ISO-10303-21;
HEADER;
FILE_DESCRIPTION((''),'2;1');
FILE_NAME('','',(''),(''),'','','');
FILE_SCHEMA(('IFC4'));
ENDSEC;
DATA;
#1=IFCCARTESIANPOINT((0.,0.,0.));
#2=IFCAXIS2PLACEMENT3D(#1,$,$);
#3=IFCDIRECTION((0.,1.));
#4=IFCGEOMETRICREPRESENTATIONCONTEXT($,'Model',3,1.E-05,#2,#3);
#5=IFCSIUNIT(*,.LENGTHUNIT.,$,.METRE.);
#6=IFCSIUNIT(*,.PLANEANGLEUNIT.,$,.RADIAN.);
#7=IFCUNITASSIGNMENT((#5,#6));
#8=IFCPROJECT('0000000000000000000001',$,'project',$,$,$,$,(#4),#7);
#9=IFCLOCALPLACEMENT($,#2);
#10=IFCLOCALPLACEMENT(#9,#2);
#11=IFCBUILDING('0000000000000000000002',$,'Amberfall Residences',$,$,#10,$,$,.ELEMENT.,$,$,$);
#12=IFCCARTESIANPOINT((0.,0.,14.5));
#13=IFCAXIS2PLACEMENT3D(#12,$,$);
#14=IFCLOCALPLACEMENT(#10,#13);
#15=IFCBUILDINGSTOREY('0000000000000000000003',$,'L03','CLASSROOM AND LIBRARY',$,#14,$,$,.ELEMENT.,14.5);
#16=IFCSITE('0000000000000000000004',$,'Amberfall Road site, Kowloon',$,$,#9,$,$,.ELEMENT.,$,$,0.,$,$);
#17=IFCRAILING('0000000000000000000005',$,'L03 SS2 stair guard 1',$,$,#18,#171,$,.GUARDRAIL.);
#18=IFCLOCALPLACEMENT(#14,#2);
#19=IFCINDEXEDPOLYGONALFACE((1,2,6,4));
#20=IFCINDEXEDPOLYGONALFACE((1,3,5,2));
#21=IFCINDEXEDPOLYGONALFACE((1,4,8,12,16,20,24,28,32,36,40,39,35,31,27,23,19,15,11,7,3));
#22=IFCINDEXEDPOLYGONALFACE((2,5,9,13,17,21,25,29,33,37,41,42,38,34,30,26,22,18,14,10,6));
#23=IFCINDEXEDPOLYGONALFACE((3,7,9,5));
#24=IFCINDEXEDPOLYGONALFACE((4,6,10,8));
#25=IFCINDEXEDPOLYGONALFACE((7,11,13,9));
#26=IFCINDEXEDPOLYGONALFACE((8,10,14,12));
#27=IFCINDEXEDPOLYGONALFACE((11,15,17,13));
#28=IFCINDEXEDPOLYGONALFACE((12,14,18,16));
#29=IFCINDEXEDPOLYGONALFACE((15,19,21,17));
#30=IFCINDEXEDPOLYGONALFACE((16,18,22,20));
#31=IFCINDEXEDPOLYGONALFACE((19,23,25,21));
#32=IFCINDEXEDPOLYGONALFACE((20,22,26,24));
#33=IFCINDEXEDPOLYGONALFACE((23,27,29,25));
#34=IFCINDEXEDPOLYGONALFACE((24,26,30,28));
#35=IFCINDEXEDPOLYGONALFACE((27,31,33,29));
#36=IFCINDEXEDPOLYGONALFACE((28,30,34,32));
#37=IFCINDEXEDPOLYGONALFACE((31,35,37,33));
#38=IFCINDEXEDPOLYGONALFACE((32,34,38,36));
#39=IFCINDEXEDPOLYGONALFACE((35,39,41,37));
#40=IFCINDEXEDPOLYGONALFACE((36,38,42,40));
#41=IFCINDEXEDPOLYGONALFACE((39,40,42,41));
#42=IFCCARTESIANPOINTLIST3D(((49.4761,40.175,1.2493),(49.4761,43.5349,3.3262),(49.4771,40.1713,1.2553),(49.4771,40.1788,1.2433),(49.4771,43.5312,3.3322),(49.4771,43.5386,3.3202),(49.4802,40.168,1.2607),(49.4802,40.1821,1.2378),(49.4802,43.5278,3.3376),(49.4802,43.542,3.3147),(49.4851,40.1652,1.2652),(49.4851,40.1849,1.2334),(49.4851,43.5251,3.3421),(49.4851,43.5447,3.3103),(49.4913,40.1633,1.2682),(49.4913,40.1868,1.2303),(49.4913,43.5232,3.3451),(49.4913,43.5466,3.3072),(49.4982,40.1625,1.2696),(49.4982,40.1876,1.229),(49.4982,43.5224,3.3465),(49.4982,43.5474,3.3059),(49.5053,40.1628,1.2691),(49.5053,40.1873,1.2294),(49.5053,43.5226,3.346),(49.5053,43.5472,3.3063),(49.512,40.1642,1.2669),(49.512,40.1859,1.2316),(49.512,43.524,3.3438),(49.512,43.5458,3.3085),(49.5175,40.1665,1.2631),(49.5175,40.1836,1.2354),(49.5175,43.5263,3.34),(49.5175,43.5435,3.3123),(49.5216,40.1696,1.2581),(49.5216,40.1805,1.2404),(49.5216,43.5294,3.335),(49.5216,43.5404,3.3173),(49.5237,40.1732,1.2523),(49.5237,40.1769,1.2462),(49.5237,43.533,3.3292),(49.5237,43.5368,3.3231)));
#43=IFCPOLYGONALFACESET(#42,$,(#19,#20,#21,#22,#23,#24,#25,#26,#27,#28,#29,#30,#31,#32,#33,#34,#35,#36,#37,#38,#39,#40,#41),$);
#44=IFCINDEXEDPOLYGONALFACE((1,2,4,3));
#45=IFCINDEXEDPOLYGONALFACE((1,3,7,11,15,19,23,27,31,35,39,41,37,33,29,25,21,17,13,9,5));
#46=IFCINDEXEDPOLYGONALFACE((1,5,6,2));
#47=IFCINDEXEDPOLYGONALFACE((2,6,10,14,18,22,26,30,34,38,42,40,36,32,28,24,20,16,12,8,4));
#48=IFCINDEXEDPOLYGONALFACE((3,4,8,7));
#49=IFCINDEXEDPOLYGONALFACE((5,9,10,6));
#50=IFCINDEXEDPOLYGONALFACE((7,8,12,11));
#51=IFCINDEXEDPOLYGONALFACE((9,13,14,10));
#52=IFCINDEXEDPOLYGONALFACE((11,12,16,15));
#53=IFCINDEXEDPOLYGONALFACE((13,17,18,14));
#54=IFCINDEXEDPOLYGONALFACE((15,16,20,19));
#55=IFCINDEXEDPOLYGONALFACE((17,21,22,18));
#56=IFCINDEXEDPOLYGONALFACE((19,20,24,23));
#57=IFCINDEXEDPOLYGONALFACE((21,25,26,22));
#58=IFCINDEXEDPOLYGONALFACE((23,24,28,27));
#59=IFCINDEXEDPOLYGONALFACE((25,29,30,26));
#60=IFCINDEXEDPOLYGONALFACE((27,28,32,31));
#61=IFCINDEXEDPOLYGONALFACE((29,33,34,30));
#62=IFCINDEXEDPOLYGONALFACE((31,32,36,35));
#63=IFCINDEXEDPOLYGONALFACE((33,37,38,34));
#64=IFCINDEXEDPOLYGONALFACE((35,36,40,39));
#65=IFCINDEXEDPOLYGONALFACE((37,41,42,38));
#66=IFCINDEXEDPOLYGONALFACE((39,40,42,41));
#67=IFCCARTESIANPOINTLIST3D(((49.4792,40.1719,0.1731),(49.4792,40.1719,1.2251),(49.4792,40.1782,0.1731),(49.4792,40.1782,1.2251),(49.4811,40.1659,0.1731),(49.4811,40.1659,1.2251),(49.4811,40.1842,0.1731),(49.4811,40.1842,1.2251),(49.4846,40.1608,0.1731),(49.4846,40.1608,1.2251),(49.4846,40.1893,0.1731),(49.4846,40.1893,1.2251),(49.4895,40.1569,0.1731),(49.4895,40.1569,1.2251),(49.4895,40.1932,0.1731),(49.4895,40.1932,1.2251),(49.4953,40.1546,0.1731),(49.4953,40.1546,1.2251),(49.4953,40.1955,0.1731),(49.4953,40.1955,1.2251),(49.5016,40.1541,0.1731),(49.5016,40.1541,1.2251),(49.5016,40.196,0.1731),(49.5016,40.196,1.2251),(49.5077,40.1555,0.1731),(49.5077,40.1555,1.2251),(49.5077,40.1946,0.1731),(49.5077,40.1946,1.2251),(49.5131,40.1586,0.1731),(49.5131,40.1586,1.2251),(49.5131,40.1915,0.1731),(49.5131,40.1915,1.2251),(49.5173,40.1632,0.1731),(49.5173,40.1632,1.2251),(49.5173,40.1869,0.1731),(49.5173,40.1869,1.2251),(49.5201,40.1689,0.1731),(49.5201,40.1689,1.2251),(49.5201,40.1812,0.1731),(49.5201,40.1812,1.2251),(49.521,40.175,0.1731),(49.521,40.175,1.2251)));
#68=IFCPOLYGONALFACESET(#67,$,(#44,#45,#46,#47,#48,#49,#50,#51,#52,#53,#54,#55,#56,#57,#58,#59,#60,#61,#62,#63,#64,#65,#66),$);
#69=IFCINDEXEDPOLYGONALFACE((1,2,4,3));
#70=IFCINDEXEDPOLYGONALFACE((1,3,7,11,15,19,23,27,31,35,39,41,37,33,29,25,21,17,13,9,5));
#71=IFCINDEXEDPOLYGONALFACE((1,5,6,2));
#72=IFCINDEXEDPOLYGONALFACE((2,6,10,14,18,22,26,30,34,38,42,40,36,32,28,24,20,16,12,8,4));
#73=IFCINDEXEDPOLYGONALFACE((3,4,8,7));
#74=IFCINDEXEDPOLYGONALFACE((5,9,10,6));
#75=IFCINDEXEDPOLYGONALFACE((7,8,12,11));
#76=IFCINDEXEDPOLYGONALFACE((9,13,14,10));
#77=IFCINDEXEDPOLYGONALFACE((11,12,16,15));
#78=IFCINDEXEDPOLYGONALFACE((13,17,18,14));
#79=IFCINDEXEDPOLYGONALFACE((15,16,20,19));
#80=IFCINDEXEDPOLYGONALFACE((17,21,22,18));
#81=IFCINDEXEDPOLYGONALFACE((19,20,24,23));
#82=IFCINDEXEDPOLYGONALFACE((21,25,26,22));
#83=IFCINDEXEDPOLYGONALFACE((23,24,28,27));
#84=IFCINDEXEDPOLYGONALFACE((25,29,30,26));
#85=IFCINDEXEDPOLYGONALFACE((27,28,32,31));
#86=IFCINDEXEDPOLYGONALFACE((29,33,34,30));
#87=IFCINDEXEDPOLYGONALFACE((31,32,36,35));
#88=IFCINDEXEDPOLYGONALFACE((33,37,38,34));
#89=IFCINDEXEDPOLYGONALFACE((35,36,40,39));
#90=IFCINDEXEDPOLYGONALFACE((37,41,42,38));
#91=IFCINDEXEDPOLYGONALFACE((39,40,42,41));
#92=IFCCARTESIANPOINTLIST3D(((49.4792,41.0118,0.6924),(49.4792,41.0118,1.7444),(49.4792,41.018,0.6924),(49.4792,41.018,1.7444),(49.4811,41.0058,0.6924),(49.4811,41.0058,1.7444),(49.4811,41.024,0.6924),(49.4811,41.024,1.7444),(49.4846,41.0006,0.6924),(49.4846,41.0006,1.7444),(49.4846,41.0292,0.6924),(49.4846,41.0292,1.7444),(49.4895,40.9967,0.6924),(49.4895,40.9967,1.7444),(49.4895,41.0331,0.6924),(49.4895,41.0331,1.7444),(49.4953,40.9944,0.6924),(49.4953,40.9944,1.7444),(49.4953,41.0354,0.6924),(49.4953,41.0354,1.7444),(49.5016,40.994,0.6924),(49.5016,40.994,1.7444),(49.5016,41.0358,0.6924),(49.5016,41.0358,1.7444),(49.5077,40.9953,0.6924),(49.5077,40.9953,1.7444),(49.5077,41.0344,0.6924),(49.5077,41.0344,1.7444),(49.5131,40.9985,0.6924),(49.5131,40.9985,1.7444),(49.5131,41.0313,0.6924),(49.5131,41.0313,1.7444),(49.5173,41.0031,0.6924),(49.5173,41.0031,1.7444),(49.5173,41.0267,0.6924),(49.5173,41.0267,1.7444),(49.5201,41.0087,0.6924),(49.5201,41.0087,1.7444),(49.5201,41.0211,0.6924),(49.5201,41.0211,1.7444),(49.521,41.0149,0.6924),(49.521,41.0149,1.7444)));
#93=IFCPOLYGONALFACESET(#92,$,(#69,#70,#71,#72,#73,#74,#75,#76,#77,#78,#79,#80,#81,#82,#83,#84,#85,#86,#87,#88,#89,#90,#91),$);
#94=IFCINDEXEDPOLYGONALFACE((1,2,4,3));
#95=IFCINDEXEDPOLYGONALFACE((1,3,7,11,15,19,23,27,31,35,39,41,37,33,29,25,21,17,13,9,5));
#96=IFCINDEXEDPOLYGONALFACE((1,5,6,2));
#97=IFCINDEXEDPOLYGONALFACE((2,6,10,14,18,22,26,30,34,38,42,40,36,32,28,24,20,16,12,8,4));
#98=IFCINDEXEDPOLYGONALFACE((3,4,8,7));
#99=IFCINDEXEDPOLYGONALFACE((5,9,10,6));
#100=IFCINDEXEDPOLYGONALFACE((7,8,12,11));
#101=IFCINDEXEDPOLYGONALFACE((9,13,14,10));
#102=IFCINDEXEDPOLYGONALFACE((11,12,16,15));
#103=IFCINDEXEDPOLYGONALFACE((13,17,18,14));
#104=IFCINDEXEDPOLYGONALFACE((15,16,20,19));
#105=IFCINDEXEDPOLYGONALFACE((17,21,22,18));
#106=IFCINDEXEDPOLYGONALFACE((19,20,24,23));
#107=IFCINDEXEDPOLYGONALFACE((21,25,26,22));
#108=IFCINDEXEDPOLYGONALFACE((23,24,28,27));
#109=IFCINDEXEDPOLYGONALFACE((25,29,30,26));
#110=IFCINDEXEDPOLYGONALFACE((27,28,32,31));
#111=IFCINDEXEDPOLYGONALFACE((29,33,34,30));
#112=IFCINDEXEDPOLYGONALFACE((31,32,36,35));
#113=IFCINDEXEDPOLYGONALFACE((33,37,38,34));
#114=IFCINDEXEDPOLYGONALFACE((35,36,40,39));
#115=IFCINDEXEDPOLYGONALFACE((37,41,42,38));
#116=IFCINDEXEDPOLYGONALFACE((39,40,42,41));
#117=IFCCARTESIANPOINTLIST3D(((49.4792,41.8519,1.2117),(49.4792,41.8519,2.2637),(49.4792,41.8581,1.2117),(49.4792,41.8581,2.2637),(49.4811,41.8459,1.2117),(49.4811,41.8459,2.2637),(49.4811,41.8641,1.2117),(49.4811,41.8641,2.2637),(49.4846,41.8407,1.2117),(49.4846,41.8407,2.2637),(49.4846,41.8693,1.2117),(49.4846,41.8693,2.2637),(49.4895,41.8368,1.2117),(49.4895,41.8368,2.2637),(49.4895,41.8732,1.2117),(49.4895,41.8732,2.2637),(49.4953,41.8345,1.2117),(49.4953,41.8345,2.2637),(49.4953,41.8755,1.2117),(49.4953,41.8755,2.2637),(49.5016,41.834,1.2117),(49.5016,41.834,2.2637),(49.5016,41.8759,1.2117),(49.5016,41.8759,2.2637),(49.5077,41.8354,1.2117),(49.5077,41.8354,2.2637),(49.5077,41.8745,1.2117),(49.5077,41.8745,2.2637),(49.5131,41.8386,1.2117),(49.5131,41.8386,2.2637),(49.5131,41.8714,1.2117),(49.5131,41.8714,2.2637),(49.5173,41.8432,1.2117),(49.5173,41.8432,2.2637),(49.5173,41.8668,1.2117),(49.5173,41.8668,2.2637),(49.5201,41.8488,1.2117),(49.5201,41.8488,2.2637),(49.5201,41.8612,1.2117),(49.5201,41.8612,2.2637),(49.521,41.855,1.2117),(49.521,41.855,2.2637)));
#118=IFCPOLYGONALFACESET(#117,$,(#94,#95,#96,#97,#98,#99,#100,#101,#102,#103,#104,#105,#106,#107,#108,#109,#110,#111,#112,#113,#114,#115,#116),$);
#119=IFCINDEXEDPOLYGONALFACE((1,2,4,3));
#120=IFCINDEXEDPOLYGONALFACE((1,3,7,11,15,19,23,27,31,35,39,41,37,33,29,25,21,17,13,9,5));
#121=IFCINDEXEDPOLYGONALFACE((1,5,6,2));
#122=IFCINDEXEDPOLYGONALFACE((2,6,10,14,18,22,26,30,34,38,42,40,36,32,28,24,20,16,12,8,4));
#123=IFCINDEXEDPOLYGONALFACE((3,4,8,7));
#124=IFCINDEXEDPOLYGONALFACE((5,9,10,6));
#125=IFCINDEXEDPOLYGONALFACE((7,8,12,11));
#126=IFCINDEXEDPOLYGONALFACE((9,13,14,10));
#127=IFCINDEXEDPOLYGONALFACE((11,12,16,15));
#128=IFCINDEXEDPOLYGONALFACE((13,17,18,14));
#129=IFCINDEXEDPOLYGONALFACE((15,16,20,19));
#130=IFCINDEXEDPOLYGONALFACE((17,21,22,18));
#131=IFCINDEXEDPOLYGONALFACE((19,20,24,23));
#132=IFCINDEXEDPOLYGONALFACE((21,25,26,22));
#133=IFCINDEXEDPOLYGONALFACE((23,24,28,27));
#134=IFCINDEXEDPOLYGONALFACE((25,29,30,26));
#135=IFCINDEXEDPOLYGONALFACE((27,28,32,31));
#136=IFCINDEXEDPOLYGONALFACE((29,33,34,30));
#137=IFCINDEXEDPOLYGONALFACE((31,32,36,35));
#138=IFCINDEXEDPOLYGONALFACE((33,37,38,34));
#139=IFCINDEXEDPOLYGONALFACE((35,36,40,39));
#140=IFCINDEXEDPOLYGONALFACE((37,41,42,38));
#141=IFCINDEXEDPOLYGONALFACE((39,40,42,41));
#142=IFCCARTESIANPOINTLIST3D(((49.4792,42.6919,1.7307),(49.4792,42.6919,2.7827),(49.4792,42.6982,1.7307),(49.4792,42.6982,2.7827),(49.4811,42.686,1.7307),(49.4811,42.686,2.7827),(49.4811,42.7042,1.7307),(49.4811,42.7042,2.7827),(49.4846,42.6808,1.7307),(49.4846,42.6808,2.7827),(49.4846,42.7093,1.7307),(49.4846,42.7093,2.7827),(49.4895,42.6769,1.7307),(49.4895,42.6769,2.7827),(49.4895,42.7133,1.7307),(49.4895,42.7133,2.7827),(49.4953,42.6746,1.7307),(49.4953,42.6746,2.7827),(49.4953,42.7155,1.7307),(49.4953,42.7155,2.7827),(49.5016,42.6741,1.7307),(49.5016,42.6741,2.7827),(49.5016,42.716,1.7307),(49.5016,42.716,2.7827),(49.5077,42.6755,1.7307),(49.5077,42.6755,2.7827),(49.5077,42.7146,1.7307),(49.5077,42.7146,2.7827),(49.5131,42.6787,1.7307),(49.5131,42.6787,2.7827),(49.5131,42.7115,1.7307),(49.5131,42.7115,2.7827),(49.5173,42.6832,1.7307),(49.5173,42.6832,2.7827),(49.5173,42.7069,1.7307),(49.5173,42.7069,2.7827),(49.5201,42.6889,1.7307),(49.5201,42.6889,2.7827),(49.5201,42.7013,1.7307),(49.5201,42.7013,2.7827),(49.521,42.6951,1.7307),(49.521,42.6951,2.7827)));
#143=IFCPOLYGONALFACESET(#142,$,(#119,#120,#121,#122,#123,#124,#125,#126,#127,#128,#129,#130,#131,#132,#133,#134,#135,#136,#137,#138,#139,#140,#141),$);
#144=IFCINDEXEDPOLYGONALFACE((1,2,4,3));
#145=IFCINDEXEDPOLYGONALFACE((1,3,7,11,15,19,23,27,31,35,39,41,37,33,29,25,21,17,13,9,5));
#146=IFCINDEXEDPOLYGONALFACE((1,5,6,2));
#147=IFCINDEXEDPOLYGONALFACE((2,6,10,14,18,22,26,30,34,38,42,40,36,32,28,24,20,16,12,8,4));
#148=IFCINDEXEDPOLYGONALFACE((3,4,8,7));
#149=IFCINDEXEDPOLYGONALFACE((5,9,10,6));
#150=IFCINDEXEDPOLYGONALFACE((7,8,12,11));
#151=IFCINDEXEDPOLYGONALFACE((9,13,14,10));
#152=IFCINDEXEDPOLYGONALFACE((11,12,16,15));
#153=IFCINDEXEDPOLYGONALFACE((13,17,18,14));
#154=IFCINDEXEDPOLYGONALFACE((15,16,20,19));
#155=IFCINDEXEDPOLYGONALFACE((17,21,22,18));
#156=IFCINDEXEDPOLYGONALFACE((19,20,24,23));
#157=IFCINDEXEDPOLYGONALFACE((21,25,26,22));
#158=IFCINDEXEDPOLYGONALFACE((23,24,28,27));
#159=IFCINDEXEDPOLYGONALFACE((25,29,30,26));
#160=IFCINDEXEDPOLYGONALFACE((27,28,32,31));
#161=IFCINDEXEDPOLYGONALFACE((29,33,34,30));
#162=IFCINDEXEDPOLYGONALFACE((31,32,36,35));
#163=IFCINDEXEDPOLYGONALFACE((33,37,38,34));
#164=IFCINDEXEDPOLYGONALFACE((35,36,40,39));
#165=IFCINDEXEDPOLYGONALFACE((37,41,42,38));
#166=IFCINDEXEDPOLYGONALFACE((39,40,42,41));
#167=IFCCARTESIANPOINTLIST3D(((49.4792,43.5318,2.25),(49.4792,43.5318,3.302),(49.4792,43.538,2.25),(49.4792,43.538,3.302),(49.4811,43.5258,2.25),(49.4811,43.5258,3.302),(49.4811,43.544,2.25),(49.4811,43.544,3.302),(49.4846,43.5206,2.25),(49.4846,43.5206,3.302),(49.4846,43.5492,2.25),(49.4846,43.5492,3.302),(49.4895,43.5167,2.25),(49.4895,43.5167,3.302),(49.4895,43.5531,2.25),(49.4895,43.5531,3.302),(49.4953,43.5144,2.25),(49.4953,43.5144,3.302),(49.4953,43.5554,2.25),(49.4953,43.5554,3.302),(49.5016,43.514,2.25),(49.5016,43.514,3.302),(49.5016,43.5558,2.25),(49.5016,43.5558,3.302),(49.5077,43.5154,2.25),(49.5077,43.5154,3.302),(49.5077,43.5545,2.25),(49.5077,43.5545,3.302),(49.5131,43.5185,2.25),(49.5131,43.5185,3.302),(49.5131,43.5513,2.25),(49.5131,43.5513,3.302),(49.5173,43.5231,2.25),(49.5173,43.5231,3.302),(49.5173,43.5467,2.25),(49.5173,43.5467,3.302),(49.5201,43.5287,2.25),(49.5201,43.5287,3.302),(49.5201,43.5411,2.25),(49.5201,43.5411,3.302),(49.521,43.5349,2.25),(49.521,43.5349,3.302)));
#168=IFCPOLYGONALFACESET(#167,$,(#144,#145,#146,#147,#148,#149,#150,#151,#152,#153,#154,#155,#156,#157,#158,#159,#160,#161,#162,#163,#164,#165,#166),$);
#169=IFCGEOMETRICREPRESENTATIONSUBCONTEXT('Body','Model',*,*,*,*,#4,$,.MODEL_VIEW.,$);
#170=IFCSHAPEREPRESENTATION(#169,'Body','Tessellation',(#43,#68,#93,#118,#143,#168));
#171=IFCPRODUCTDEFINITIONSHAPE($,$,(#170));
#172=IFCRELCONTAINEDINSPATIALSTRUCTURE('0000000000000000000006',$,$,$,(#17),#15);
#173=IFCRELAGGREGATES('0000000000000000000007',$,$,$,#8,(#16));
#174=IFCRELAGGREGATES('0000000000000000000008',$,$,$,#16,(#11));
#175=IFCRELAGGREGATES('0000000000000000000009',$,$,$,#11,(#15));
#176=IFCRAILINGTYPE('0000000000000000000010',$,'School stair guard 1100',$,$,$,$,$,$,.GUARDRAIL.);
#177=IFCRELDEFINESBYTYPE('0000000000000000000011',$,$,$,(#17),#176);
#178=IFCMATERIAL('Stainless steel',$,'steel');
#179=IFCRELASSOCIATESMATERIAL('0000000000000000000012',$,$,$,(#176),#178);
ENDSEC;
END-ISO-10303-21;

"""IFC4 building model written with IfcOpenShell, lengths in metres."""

from ifc_helpers import new_model, si_unit, direction, frame, origin, origin_2d, place, context, subcontext, project, spatial, circle, extrude, material, type_object, element, save


model = new_model("IFC4")

# Units and contexts
model_context = context("Model", 3, precision=1e-05, world=origin(), true_north=direction((0.0, 1.0)))
body_context = subcontext(model_context, "Body", "Model", "MODEL_VIEW")
ifc_project = project(units=[si_unit("LENGTHUNIT", "METRE"), si_unit("PLANEANGLEUNIT", "RADIAN")], contexts=[model_context])

# Site, building, storey
site_placement = place(None, origin())
site = spatial("IfcSite", under=ifc_project, at=site_placement, Name="Amberfall Road site, Kowloon", CompositionType="ELEMENT", RefElevation=0.0)
building_placement = place(site_placement, origin())
building = spatial("IfcBuilding", under=site, at=building_placement, Name="Amberfall Residences", CompositionType="ELEMENT")
storey_placement = place(building_placement, frame((0.0, 0.0, 14.5)))
storey = spatial("IfcBuildingStorey", under=building, at=storey_placement, Name="L03", Description="CLASSROOM AND LIBRARY", CompositionType="ELEMENT", Elevation=14.5)

# Railing
ifc_material_1 = material(Name="Stainless steel", Category="steel")
railing_type_1 = type_object("IfcRailingType", Name="School stair guard 1100", PredefinedType="GUARDRAIL", material=ifc_material_1)
railing_1_placement = place(storey_placement, frame((49.5, 40.175, 0.1731)))
element("IfcRailing", 1, at=railing_1_placement, inside=storey, type_object=railing_type_1, Name="L03 SS2 stair guard 1", PredefinedType="GUARDRAIL", context=body_context, shape_type="SweptSolid", body=[
    extrude(circle(Radius=0.0239, at=origin_2d()), frame((0.0, 0.0, 1.0762), z_axis=(0.0, 0.850606, 0.525803), x_axis=(-1.0, 0.0, 0.0)), (0.0, 0.0, 1.0), 3.95),
    extrude(circle(Radius=0.021, at=origin_2d()), origin(), (0.0, 0.0, 1.0), 1.052),
    extrude(circle(Radius=0.021, at=origin_2d()), frame((0.0, 0.8398, 0.5193)), (0.0, 0.0, 1.0), 1.052),
    extrude(circle(Radius=0.021, at=origin_2d()), frame((0.0, 1.6799, 1.0386)), (0.0, 0.0, 1.0), 1.052),
    extrude(circle(Radius=0.021, at=origin_2d()), frame((0.0, 2.52, 1.5576)), (0.0, 0.0, 1.0), 1.052),
    extrude(circle(Radius=0.021, at=origin_2d()), frame((0.0, 3.3599, 2.0769)), (0.0, 0.0, 1.0), 1.052),
])

save(model, "model.ifc")
